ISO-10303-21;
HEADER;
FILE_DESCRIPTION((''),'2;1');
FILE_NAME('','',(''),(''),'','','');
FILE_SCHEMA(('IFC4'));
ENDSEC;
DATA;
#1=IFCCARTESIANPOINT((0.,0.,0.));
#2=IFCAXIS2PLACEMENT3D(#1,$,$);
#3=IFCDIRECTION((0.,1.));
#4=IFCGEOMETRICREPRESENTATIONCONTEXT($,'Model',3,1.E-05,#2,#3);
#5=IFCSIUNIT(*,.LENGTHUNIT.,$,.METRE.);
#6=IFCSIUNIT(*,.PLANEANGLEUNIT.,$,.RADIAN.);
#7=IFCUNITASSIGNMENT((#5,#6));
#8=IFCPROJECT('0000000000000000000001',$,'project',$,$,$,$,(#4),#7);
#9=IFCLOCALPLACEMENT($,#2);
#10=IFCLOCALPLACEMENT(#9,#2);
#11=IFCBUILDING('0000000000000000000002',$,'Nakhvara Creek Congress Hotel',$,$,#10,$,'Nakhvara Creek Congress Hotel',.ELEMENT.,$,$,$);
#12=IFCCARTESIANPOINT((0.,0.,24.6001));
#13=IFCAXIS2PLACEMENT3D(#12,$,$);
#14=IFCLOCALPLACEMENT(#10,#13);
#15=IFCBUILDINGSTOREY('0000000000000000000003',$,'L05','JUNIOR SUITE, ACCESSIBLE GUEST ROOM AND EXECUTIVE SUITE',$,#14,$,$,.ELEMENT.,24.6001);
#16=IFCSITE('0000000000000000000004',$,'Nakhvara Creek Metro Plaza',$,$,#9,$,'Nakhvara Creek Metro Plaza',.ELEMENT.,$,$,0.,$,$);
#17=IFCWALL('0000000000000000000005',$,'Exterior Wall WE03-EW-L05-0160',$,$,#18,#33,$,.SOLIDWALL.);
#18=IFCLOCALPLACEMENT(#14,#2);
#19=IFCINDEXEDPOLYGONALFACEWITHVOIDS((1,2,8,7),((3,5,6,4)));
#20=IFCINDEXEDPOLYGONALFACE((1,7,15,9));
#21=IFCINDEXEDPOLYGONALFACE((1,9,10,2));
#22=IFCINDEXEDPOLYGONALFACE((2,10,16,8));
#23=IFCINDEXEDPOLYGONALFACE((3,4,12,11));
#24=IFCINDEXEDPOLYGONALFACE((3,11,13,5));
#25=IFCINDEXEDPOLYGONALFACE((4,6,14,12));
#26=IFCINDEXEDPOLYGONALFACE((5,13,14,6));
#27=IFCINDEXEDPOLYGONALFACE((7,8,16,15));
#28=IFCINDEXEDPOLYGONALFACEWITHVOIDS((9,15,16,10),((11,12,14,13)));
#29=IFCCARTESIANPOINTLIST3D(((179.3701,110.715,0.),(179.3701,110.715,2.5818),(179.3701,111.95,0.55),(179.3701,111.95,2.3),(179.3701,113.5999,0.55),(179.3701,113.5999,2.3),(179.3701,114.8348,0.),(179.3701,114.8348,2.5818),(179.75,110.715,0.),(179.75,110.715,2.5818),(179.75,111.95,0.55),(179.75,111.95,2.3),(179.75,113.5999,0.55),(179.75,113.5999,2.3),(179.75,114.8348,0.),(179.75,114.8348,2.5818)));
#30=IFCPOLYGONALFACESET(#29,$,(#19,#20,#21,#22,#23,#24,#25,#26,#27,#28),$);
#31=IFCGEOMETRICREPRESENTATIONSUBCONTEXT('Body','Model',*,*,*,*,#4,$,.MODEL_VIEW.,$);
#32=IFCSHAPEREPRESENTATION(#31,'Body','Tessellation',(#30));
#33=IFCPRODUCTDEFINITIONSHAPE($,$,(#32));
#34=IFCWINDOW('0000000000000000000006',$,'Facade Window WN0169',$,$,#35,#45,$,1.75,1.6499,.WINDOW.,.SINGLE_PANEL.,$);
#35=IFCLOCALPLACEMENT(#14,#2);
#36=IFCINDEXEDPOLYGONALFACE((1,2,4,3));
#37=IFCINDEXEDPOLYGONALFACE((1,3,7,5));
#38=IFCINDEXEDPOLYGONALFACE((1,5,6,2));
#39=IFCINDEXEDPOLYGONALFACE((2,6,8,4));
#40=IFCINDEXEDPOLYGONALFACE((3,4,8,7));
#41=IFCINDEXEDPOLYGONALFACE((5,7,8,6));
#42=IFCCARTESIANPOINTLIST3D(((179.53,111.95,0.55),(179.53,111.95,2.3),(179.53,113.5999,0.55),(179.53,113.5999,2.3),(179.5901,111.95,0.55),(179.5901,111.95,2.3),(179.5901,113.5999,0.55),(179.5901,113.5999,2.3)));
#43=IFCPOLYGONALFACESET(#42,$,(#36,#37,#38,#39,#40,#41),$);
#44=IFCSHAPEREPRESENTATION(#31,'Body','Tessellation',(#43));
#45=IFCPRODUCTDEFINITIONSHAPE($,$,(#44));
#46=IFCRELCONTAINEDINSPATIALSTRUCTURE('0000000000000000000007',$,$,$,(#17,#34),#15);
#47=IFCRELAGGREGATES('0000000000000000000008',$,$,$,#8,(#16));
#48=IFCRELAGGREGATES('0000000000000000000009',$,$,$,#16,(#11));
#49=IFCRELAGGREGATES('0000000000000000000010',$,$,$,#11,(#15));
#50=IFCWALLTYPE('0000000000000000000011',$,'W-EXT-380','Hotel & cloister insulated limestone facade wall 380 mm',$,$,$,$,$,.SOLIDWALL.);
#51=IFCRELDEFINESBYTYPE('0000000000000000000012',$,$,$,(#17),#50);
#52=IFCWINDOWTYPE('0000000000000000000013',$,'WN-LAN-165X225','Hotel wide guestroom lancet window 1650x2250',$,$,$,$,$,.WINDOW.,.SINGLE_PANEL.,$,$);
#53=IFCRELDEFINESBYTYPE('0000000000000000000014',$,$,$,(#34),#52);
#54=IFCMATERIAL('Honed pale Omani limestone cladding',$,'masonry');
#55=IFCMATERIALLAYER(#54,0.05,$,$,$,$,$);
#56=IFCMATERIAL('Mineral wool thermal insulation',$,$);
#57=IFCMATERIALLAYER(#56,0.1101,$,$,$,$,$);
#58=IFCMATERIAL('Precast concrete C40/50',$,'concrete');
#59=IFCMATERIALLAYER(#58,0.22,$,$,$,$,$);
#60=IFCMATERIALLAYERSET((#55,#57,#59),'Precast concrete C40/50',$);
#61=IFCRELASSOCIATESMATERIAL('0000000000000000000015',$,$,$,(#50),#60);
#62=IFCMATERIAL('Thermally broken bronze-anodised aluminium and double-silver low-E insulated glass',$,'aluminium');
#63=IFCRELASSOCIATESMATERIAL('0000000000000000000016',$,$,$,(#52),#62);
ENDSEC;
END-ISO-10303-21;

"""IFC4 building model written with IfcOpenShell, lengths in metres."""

from ifc_helpers import new_model, si_unit, direction, frame, frame_2d, origin, place, context, subcontext, project, spatial, rectangle, extrude, material, layer, layer_set, type_object, element, fill, save


model = new_model("IFC4")

# Units and contexts
model_context = context("Model", 3, precision=1e-05, world=origin(), true_north=direction((0.0, 1.0)))
body_context = subcontext(model_context, "Body", "Model", "MODEL_VIEW")
ifc_project = project(units=[si_unit("LENGTHUNIT", "METRE"), si_unit("PLANEANGLEUNIT", "RADIAN")], contexts=[model_context])

# Site, building, storey
site_placement = place(None, origin())
site = spatial("IfcSite", under=ifc_project, at=site_placement, Name="Nakhvara Creek Metro Plaza", LongName="Nakhvara Creek Metro Plaza", CompositionType="ELEMENT", RefElevation=0.0)
building_placement = place(site_placement, origin())
building = spatial("IfcBuilding", under=site, at=building_placement, Name="Nakhvara Creek Congress Hotel", LongName="Nakhvara Creek Congress Hotel", CompositionType="ELEMENT")
storey_placement = place(building_placement, frame((0.0, 0.0, 24.6001)))
storey = spatial("IfcBuildingStorey", under=building, at=storey_placement, Name="L05", Description="JUNIOR SUITE, ACCESSIBLE GUEST ROOM AND EXECUTIVE SUITE", CompositionType="ELEMENT", Elevation=24.6001)

# Wall, opening, window
ifc_material_1 = material(Name="Honed pale Omani limestone cladding", Category="masonry")
ifc_layer_1 = layer(ifc_material_1, 0.05)
ifc_material_2 = material(Name="Mineral wool thermal insulation")
ifc_layer_2 = layer(ifc_material_2, 0.1101)
ifc_material_3 = material(Name="Precast concrete C40/50", Category="concrete")
ifc_layer_3 = layer(ifc_material_3, 0.22)
ifc_layer_set_1 = layer_set([ifc_layer_1, ifc_layer_2, ifc_layer_3], Name="Precast concrete C40/50")
wall_type = type_object("IfcWallType", Name="W-EXT-380", Description="Hotel & cloister insulated limestone facade wall 380 mm", PredefinedType="SOLIDWALL", material=ifc_layer_set_1)
wall_placement = place(storey_placement, frame((179.5601, 114.835, 0.0), z_axis=(0.0, 0.0, 1.0), x_axis=(0.0, -1.0, 0.0)))
wall = element("IfcWall", 1, at=wall_placement, inside=storey, type_object=wall_type, Name="Exterior Wall WE03-EW-L05-0160", PredefinedType="SOLIDWALL", context=body_context, shape_type="SweptSolid", body=[
    extrude(rectangle(XDim=4.1199, YDim=0.3799, at=frame_2d((2.0601, 0.0))), origin(), (0.0, 0.0, 1.0), 2.5818),
])
opening_placement = place(wall_placement, frame((1.2351, 0.0, 0.55)))
opening = element("IfcOpeningElement", 2, at=opening_placement, cuts=wall, PredefinedType="OPENING", context=body_context, shape_type="SweptSolid", body=[
    extrude(rectangle(XDim=1.6499, YDim=1.75, at=frame_2d((0.825, 0.875))), frame((0.0, 0.2019, 0.0), z_axis=(0.0, -1.0, 0.0), x_axis=(1.0, 0.0, 0.0)), (0.0, 0.0, 1.0), 0.4038),
])
ifc_material_4 = material(Name="Thermally broken bronze-anodised aluminium and double-silver low-E insulated glass", Category="aluminium")
window_type = type_object("IfcWindowType", Name="WN-LAN-165X225", Description="Hotel wide guestroom lancet window 1650x2250", PartitioningType="SINGLE_PANEL", PredefinedType="WINDOW", material=ifc_material_4)
window_placement = place(opening_placement, origin())
window = element("IfcWindow", 3, at=window_placement, inside=storey, type_object=window_type, Name="Facade Window WN0169", OverallHeight=1.75, OverallWidth=1.6499, PartitioningType="SINGLE_PANEL", PredefinedType="WINDOW", context=body_context, shape_type="SweptSolid", body=[
    extrude(rectangle(XDim=1.6499, YDim=1.75, at=frame_2d((0.825, 0.875))), frame((0.0, 0.03, 0.0), z_axis=(0.0, -1.0, 0.0), x_axis=(1.0, 0.0, 0.0)), (0.0, 0.0, 1.0), 0.0601),
])
fill(opening, window)

save(model, "model.ifc")
